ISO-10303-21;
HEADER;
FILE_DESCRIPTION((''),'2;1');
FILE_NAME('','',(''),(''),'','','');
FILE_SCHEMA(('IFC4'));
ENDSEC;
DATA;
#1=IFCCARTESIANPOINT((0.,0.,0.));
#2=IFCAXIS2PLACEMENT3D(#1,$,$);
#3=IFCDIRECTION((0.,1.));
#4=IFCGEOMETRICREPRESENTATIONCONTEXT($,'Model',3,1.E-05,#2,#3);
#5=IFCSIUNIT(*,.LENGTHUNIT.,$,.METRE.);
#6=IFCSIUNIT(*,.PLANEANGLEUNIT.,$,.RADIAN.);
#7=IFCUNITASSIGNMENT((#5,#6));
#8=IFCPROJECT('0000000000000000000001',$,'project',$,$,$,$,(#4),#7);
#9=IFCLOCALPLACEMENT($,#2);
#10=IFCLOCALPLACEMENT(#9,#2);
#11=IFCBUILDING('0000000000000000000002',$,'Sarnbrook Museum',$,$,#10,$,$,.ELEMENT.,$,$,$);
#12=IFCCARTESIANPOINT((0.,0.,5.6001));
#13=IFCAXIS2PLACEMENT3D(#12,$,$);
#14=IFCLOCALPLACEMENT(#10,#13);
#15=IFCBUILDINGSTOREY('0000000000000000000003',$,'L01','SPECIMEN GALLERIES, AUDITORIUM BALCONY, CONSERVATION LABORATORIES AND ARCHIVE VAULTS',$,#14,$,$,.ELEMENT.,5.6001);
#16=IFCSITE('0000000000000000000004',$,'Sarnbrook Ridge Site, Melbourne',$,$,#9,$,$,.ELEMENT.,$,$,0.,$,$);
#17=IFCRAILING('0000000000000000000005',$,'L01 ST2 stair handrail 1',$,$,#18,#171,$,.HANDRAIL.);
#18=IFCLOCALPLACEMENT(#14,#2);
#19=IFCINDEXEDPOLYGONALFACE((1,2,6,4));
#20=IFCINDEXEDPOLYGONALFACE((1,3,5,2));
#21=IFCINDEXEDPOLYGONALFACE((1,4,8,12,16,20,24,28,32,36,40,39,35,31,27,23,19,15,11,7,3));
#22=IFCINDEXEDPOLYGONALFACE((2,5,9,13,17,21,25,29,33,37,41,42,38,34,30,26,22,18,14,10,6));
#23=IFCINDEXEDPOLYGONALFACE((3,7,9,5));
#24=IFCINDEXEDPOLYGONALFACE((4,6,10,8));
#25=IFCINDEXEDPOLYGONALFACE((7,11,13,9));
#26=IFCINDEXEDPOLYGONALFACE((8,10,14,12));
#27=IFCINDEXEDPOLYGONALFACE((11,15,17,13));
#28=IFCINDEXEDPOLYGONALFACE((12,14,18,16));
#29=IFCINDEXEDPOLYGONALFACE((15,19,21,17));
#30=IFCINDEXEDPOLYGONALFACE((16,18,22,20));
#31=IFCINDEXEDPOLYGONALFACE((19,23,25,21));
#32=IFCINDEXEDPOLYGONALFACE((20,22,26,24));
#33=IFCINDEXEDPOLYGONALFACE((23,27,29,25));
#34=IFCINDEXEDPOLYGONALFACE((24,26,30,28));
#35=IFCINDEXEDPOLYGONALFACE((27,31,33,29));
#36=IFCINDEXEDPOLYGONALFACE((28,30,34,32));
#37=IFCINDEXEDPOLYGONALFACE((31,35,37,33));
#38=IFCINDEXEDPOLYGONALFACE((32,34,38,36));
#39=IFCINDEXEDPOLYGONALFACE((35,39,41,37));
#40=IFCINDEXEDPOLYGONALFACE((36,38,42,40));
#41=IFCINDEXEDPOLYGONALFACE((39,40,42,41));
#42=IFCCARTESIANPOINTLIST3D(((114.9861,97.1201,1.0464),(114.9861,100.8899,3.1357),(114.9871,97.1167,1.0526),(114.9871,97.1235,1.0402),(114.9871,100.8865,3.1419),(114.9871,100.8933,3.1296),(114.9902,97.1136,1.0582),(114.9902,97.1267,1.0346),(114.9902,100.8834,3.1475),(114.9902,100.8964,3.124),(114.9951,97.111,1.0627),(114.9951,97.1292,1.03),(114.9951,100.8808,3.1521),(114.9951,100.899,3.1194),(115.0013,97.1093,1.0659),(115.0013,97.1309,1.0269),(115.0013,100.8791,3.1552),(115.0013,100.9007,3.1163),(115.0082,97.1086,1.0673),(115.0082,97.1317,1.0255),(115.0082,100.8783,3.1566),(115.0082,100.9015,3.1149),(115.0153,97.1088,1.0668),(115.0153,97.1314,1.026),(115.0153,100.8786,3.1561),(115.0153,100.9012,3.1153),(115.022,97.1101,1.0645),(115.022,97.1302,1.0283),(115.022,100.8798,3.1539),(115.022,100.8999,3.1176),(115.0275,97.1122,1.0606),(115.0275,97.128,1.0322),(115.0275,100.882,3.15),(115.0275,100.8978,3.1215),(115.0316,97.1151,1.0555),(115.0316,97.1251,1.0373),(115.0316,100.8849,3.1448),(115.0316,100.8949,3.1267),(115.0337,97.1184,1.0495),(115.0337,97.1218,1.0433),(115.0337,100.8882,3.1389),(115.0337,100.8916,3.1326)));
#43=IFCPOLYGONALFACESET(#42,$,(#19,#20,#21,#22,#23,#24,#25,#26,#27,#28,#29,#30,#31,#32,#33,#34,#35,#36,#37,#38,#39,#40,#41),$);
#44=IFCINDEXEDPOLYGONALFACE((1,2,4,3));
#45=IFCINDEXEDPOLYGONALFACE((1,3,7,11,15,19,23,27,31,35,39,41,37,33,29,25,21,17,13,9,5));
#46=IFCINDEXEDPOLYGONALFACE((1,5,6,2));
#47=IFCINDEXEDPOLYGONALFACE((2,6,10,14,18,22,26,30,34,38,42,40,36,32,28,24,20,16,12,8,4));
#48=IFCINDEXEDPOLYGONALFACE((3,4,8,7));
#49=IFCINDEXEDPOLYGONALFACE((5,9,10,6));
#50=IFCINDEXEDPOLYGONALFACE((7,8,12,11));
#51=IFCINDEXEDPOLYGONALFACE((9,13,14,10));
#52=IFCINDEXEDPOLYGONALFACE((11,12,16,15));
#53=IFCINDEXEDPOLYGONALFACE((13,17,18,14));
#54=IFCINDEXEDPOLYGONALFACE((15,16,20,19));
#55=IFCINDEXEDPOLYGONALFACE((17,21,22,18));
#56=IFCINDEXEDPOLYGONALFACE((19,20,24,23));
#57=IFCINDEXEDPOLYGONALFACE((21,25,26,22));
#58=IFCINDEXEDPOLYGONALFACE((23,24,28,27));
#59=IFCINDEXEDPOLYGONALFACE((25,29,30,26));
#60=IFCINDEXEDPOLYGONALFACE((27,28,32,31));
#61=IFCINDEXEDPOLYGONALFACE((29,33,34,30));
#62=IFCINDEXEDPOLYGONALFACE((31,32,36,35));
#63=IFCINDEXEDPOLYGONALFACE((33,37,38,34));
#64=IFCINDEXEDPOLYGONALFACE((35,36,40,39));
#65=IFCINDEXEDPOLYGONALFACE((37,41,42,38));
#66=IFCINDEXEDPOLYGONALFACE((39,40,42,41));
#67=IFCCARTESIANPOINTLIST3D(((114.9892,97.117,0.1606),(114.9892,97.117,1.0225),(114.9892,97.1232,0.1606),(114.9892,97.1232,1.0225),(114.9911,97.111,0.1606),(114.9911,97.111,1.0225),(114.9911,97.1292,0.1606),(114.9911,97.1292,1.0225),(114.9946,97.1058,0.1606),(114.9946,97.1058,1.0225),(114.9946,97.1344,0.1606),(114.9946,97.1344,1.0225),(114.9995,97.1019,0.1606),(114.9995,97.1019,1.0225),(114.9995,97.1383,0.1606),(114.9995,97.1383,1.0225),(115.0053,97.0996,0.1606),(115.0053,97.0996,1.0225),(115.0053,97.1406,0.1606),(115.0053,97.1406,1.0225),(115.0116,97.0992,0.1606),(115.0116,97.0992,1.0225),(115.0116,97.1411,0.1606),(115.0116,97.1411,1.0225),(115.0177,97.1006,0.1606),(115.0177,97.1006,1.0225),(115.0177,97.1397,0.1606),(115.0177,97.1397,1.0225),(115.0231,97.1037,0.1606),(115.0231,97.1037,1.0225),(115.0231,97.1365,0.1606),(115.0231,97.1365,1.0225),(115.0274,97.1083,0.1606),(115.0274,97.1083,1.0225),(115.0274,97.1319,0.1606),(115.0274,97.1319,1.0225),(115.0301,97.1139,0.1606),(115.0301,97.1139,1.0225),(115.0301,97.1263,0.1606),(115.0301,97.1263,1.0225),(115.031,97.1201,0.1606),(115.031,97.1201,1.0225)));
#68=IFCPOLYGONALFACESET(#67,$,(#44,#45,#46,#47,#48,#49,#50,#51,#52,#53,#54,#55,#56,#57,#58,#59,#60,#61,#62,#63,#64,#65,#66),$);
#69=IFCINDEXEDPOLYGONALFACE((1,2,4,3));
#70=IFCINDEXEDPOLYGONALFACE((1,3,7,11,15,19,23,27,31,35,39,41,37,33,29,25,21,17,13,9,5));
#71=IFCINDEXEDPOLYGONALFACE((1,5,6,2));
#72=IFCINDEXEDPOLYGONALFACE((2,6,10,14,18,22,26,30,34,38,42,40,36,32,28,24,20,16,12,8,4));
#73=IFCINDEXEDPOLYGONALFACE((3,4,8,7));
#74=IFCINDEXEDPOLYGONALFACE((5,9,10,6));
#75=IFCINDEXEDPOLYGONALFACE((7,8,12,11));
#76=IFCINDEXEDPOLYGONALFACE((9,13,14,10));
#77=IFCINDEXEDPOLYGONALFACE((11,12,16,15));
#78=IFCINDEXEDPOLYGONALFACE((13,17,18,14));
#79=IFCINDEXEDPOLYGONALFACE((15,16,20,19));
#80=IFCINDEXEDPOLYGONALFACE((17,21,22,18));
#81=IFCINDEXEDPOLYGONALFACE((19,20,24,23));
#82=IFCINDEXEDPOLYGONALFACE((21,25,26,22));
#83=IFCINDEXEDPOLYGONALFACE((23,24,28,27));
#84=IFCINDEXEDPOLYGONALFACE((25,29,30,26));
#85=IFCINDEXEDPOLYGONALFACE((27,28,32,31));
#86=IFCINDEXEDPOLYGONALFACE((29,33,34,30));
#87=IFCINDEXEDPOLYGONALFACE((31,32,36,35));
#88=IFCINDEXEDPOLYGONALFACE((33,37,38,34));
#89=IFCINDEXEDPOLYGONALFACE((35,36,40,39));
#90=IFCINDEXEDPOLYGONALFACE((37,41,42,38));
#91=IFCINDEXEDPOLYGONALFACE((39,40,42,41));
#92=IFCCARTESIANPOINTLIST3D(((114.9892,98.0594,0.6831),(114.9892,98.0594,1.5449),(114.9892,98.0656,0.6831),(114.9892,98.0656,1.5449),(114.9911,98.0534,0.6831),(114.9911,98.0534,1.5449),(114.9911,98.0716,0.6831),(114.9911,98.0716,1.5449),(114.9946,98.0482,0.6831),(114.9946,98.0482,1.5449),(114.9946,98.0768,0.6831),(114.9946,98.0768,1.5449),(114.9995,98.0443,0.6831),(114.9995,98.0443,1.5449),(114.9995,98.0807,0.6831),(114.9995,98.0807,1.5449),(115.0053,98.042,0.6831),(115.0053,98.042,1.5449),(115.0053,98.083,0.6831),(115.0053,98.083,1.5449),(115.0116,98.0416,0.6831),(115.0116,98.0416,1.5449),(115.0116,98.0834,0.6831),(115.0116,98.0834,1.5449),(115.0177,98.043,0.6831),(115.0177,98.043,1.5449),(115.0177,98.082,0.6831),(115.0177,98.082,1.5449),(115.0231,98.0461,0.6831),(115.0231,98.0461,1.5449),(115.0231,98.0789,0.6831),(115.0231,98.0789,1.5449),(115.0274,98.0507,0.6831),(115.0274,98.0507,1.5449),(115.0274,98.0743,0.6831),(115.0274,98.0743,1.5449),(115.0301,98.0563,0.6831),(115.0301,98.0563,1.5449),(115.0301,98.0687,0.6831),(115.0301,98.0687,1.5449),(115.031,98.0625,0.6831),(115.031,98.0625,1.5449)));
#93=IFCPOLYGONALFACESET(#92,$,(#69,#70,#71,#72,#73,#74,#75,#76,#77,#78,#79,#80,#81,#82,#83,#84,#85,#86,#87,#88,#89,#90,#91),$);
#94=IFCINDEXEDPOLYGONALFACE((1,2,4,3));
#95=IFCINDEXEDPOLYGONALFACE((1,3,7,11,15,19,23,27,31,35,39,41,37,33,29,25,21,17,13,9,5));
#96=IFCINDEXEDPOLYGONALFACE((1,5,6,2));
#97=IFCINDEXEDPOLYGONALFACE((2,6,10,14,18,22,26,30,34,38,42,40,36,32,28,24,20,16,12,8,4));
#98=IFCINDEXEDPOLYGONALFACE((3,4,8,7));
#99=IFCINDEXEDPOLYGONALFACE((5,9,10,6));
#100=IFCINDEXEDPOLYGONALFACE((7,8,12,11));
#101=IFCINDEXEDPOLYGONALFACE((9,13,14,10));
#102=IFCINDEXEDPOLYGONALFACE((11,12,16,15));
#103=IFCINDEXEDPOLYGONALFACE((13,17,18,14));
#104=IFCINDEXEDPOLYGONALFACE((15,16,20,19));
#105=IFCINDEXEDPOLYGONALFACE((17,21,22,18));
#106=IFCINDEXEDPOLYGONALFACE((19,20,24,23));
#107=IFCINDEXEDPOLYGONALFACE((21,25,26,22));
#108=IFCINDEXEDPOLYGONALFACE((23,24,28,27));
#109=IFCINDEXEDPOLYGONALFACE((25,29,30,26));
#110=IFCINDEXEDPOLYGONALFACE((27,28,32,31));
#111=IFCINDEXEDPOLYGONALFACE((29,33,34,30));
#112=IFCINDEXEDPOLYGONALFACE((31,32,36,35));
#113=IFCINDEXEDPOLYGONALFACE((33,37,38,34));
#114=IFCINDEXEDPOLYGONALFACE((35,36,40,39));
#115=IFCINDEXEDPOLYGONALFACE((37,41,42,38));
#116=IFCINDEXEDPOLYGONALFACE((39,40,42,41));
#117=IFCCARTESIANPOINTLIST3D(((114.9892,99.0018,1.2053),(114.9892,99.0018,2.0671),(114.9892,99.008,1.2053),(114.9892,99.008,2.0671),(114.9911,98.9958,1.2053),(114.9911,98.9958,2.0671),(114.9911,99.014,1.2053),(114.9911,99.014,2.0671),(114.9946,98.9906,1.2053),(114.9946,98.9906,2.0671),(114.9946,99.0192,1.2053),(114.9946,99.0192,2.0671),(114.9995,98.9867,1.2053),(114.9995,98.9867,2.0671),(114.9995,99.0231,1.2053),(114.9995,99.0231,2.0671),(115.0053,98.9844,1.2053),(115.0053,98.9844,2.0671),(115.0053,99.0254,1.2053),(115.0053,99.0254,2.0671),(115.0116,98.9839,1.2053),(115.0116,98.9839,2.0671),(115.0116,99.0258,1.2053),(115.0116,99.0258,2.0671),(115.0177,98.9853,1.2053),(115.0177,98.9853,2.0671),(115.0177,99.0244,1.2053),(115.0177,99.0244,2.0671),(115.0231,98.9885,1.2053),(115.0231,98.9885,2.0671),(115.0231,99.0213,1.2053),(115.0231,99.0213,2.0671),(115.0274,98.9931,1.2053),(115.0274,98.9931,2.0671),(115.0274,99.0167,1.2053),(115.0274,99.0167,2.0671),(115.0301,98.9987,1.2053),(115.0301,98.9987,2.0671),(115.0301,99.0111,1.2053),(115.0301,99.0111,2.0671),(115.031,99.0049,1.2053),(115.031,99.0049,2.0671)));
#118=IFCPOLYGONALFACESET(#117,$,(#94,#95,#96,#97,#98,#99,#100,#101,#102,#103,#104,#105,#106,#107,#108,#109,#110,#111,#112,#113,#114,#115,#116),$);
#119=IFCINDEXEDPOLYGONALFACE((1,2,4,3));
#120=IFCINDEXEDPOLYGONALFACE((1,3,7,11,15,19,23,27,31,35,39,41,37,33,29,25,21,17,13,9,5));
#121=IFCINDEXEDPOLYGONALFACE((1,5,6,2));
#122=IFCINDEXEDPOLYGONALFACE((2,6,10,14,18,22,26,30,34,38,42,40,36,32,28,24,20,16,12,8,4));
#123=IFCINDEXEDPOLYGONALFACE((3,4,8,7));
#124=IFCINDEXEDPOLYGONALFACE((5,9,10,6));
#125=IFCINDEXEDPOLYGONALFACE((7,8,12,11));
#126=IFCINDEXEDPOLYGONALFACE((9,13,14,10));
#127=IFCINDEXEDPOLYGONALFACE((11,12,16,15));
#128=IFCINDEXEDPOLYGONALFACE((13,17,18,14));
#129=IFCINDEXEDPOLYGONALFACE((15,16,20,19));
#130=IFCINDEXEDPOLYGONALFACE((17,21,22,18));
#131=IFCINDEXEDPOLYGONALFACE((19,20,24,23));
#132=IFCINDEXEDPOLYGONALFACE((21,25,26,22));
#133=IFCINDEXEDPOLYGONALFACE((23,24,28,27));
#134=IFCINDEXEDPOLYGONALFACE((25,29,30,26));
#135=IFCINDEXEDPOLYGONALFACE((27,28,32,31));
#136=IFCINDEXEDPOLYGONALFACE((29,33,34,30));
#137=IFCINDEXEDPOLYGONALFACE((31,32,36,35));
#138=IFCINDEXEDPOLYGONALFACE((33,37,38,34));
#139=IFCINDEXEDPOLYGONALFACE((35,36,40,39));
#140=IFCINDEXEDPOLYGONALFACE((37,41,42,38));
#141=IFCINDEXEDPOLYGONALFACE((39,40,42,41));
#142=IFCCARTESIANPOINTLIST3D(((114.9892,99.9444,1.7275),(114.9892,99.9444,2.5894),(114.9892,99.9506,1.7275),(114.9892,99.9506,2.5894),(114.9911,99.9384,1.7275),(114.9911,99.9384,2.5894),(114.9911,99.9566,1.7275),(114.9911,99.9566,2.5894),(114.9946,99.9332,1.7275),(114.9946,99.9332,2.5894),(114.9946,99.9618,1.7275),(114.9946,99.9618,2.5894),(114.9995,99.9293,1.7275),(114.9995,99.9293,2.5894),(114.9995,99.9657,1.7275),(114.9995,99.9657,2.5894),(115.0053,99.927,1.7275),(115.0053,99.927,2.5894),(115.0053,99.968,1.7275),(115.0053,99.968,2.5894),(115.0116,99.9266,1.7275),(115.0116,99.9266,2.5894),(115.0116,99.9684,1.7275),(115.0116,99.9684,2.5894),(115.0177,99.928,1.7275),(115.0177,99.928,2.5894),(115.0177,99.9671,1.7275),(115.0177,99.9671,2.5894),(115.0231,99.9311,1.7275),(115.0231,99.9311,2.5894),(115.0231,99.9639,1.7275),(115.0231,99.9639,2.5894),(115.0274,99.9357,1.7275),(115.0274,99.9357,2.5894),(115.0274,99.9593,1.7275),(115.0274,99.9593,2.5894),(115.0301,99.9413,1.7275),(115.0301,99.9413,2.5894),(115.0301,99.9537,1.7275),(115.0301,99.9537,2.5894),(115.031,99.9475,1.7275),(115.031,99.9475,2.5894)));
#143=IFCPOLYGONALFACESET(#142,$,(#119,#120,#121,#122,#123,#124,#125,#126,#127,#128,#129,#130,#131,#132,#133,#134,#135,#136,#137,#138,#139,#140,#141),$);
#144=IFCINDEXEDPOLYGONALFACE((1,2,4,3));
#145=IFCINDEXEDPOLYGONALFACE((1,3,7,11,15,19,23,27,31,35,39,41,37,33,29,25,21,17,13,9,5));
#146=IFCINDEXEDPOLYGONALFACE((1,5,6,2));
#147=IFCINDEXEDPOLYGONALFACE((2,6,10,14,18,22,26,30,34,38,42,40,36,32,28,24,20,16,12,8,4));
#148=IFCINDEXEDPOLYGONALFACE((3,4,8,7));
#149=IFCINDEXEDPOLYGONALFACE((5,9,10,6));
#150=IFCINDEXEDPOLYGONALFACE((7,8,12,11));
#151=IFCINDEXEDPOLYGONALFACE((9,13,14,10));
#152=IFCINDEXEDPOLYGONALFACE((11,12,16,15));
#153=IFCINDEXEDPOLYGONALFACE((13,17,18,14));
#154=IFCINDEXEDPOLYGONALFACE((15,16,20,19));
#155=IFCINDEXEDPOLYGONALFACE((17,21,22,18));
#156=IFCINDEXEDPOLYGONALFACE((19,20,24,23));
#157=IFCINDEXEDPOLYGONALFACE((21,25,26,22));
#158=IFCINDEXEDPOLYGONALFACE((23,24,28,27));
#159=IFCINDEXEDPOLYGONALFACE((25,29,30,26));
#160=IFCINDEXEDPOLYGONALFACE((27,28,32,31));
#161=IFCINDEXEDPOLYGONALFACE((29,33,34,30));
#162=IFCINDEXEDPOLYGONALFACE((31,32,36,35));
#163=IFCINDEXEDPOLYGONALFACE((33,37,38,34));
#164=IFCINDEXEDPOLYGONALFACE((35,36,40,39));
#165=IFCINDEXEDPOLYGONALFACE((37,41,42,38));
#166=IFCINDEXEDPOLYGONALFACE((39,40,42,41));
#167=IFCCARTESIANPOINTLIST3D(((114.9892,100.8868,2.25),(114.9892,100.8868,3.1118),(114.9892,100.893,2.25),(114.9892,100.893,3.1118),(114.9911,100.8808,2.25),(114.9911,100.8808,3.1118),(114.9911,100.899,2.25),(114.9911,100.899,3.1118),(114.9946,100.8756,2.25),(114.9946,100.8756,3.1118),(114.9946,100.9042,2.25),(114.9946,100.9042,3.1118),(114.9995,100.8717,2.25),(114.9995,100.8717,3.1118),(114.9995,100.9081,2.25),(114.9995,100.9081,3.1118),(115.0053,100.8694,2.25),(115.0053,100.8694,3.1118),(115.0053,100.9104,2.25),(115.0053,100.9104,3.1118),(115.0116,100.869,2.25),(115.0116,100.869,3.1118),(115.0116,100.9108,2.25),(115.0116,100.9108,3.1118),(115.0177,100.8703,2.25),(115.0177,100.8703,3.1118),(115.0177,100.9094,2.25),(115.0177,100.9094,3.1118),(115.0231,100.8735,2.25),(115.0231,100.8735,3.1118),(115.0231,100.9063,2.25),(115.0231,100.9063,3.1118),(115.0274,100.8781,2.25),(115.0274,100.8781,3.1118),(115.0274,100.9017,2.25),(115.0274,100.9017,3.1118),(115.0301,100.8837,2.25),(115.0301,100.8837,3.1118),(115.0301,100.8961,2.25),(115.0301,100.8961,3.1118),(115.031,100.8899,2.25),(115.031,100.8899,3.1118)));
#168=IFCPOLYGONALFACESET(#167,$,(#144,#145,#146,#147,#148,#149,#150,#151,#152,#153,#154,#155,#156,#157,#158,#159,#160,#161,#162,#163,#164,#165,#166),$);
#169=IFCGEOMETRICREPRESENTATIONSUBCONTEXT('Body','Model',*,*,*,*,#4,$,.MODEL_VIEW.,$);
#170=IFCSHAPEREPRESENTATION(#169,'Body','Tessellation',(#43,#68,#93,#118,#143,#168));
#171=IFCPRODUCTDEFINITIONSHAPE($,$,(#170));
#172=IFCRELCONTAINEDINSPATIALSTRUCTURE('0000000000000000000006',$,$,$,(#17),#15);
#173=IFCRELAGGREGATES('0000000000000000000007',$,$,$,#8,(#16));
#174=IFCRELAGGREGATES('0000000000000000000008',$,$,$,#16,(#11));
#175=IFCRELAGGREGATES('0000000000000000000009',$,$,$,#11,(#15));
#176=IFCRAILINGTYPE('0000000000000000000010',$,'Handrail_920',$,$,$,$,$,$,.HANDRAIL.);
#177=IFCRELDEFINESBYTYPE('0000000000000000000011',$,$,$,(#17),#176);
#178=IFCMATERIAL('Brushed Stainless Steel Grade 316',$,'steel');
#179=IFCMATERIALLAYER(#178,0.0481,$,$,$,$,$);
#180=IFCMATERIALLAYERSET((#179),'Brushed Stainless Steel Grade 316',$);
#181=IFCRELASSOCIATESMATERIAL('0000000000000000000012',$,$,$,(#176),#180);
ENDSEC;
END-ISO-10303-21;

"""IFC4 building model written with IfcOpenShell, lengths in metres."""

from ifc_helpers import new_model, si_unit, direction, frame, origin, origin_2d, place, context, subcontext, project, spatial, circle, extrude, material, layer, layer_set, type_object, element, save


model = new_model("IFC4")

# Units and contexts
model_context = context("Model", 3, precision=1e-05, world=origin(), true_north=direction((0.0, 1.0)))
body_context = subcontext(model_context, "Body", "Model", "MODEL_VIEW")
ifc_project = project(units=[si_unit("LENGTHUNIT", "METRE"), si_unit("PLANEANGLEUNIT", "RADIAN")], contexts=[model_context])

# Site, building, storey
site_placement = place(None, origin())
site = spatial("IfcSite", under=ifc_project, at=site_placement, Name="Sarnbrook Ridge Site, Melbourne", CompositionType="ELEMENT", RefElevation=0.0)
building_placement = place(site_placement, origin())
building = spatial("IfcBuilding", under=site, at=building_placement, Name="Sarnbrook Museum", CompositionType="ELEMENT")
storey_placement = place(building_placement, frame((0.0, 0.0, 5.6001)))
storey = spatial("IfcBuildingStorey", under=building, at=storey_placement, Name="L01", Description="SPECIMEN GALLERIES, AUDITORIUM BALCONY, CONSERVATION LABORATORIES AND ARCHIVE VAULTS", CompositionType="ELEMENT", Elevation=5.6001)

# Shared definitions
ifc_material_1 = material(Name="Brushed Stainless Steel Grade 316", Category="steel")

# Railing
ifc_layer_1 = layer(ifc_material_1, 0.0481)
ifc_layer_set_1 = layer_set([ifc_layer_1], Name="Brushed Stainless Steel Grade 316")
railing_type_1 = type_object("IfcRailingType", Name="Handrail_920", PredefinedType="HANDRAIL", material=ifc_layer_set_1)
railing_1_placement = place(storey_placement, frame((115.01, 97.1201, 0.1606)))
element("IfcRailing", 1, at=railing_1_placement, inside=storey, type_object=railing_type_1, Name="L01 ST2 stair handrail 1", PredefinedType="HANDRAIL", context=body_context, shape_type="SweptSolid", body=[
    extrude(circle(Radius=0.0239, at=origin_2d()), frame((0.0, 0.0, 0.8857), z_axis=(0.0, 0.874646, 0.484763), x_axis=(-1.0, 0.0, 0.0)), (0.0, 0.0, 1.0), 4.3101),
    extrude(circle(Radius=0.021, at=origin_2d()), origin(), (0.0, 0.0, 1.0), 0.8618),
    extrude(circle(Radius=0.021, at=origin_2d()), frame((0.0, 0.9424, 0.5225)), (0.0, 0.0, 1.0), 0.8618),
    extrude(circle(Radius=0.021, at=origin_2d()), frame((0.0, 1.8848, 1.0447)), (0.0, 0.0, 1.0), 0.8618),
    extrude(circle(Radius=0.021, at=origin_2d()), frame((0.0, 2.8274, 1.5669)), (0.0, 0.0, 1.0), 0.8618),
    extrude(circle(Radius=0.021, at=origin_2d()), frame((0.0, 3.7698, 2.0894)), (0.0, 0.0, 1.0), 0.8618),
])

save(model, "model.ifc")
